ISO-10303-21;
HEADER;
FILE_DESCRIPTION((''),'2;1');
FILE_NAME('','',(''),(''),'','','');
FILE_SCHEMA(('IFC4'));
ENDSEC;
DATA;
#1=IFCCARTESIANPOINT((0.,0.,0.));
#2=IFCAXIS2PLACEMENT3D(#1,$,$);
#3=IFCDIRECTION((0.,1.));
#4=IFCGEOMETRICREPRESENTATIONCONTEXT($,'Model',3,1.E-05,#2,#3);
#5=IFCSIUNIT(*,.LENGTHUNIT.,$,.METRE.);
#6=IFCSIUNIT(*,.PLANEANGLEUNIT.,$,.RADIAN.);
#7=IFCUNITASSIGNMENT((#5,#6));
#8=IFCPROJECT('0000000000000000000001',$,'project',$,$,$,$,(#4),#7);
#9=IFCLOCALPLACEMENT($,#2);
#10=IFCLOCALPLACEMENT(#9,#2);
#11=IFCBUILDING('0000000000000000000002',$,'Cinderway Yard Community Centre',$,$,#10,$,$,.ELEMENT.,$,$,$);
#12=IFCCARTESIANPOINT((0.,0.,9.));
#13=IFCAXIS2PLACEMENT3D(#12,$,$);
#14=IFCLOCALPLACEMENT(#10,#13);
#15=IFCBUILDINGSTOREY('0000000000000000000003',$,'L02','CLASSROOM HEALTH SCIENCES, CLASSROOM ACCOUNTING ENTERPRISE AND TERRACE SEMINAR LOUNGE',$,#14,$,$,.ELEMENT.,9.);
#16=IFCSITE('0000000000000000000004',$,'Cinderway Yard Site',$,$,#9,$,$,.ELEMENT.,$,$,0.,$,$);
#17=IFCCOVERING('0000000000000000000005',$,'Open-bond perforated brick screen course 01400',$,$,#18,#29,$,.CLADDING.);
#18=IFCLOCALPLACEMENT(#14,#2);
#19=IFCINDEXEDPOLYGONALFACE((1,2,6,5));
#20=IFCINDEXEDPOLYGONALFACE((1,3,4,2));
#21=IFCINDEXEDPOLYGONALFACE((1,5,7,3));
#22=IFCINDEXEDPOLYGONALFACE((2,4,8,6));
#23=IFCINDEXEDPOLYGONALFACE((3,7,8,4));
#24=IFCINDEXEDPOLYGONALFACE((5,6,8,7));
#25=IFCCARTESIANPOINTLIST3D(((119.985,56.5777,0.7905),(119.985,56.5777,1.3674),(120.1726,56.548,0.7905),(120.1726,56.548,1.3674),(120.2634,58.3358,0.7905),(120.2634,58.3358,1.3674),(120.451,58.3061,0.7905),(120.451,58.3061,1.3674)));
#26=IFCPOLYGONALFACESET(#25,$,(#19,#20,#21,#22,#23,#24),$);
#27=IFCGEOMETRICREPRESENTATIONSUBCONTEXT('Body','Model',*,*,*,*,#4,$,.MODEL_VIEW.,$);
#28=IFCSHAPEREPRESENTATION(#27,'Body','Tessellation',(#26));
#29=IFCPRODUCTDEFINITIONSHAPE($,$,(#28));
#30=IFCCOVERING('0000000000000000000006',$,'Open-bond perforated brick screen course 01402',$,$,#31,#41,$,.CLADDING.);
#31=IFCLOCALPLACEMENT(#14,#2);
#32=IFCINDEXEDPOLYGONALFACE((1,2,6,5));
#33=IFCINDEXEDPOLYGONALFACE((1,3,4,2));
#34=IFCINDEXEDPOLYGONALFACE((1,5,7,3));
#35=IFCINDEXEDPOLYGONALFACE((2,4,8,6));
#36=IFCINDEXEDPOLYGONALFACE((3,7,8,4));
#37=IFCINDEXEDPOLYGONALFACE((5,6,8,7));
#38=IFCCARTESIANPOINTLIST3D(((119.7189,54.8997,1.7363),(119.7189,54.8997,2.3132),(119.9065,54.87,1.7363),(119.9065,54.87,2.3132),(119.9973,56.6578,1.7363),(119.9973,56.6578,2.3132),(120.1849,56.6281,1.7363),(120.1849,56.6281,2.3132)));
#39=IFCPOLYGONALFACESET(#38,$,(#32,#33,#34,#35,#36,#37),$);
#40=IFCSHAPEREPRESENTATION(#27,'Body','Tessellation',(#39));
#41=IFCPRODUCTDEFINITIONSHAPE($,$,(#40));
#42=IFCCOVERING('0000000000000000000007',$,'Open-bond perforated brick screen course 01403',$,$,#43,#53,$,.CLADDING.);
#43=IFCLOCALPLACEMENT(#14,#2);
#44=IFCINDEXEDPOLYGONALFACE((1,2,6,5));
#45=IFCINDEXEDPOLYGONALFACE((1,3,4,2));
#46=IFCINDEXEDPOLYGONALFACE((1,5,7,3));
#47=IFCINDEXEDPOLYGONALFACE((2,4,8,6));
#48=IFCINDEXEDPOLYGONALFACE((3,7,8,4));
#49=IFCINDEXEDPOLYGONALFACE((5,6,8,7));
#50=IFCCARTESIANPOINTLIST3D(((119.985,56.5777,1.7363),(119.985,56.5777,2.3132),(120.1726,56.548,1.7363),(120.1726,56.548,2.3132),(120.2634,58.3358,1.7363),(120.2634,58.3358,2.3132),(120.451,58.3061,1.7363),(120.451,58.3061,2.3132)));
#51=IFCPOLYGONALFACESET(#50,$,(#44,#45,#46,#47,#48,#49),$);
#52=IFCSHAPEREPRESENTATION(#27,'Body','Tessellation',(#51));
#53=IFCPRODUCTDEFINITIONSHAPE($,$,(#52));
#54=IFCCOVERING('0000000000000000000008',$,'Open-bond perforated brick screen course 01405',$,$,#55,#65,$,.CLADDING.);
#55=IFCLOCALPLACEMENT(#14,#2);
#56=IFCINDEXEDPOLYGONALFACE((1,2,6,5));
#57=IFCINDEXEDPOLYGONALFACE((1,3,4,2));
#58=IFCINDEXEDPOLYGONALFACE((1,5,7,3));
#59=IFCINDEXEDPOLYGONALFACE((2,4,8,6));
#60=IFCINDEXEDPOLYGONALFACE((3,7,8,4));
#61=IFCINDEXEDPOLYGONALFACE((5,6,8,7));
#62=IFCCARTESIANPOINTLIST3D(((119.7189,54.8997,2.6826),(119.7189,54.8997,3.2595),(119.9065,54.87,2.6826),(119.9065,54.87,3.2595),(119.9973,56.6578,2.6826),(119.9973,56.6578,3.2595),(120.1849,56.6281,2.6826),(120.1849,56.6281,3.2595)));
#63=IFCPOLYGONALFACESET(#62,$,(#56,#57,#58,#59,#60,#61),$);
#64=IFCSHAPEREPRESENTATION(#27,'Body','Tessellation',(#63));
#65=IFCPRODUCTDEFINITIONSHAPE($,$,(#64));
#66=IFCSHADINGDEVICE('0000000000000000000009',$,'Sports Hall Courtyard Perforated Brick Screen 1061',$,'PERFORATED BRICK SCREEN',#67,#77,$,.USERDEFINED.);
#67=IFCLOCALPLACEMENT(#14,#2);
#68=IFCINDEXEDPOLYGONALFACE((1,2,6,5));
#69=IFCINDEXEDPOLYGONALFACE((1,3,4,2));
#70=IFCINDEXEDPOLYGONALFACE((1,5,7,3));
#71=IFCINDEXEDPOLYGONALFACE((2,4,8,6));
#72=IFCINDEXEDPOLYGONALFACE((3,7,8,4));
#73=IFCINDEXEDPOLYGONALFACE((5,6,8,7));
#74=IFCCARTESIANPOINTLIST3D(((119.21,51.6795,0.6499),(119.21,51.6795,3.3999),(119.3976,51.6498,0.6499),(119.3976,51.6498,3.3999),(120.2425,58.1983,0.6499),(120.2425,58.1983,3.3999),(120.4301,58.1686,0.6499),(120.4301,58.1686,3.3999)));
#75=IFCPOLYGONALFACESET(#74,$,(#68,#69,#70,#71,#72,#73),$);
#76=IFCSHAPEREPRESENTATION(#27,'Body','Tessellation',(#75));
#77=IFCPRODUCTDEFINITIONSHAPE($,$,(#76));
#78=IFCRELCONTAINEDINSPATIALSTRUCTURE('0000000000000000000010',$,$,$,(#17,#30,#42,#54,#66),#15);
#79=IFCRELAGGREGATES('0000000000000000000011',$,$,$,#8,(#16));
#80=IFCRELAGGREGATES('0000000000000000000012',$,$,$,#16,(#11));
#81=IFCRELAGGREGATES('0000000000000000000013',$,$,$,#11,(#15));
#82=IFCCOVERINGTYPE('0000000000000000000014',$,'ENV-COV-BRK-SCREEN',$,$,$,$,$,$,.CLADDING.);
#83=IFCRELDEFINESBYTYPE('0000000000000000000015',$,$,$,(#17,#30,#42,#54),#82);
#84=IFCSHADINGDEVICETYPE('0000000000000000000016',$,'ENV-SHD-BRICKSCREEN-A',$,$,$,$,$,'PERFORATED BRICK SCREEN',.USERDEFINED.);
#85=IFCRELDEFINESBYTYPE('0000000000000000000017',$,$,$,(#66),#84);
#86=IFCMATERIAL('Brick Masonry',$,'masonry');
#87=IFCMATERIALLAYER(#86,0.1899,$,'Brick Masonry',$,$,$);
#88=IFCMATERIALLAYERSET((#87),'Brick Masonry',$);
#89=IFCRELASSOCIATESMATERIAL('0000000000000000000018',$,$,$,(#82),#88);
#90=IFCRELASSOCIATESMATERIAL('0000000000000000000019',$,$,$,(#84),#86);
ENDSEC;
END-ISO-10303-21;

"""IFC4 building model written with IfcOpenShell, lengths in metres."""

from ifc_helpers import new_model, si_unit, direction, frame, origin, origin_2d, place, context, subcontext, project, spatial, rectangle, extrude, material, layer, layer_set, type_object, element, save


model = new_model("IFC4")

# Units and contexts
model_context = context("Model", 3, precision=1e-05, world=origin(), true_north=direction((0.0, 1.0)))
body_context = subcontext(model_context, "Body", "Model", "MODEL_VIEW")
ifc_project = project(units=[si_unit("LENGTHUNIT", "METRE"), si_unit("PLANEANGLEUNIT", "RADIAN")], contexts=[model_context])

# Site, building, storey
site_placement = place(None, origin())
site = spatial("IfcSite", under=ifc_project, at=site_placement, Name="Cinderway Yard Site", CompositionType="ELEMENT", RefElevation=0.0)
building_placement = place(site_placement, origin())
building = spatial("IfcBuilding", under=site, at=building_placement, Name="Cinderway Yard Community Centre", CompositionType="ELEMENT")
storey_placement = place(building_placement, frame((0.0, 0.0, 9.0)))
storey = spatial("IfcBuildingStorey", under=building, at=storey_placement, Name="L02", Description="CLASSROOM HEALTH SCIENCES, CLASSROOM ACCOUNTING ENTERPRISE AND TERRACE SEMINAR LOUNGE", CompositionType="ELEMENT", Elevation=9.0)

# Coverings
ifc_material_1 = material(Name="Brick Masonry", Category="masonry")
ifc_layer_1 = layer(ifc_material_1, 0.1899, Name="Brick Masonry")
ifc_layer_set_1 = layer_set([ifc_layer_1], Name="Brick Masonry")
covering_type = type_object("IfcCoveringType", Name="ENV-COV-BRK-SCREEN", PredefinedType="CLADDING", material=ifc_layer_set_1)
for number, where, z_axis, x_axis, name in (
    (1, (120.218, 57.4419, 0.7905), (0.0, 0.0, 1.0), (0.156434, 0.987688, 0.0), "Open-bond perforated brick screen course 01400"),
    (2, (119.9519, 55.7639, 1.7363), (0.0, 0.0, 1.0), (0.156434, 0.987688, 0.0), "Open-bond perforated brick screen course 01402"),
    (3, (120.218, 57.4419, 1.7363), (0.0, 0.0, 1.0), (0.156434, 0.987688, 0.0), "Open-bond perforated brick screen course 01403"),
    (4, (119.9519, 55.7639, 2.6826), (0.0, 0.0, 1.0), (0.156434, 0.987688, 0.0), "Open-bond perforated brick screen course 01405"),
):
    element("IfcCovering", number, at=place(storey_placement, frame(where, z_axis=z_axis, x_axis=x_axis)), inside=storey, type_object=covering_type, Name=name, PredefinedType="CLADDING", context=body_context, shape_type="SweptSolid", body=[
        extrude(rectangle(XDim=1.78, YDim=0.1899, at=origin_2d()), origin(), (0.0, 0.0, 1.0), 0.5769),
    ])

# Shading device
shading_device_type = type_object("IfcShadingDeviceType", Name="ENV-SHD-BRICKSCREEN-A", ElementType="PERFORATED BRICK SCREEN", PredefinedType="USERDEFINED", material=ifc_material_1)
shading_device_placement = place(storey_placement, frame((119.8201, 54.9241, 0.6499), z_axis=(0.0, 0.0, 1.0), x_axis=(0.156434, 0.987688, 0.0)))
element("IfcShadingDevice", 5, at=shading_device_placement, inside=storey, type_object=shading_device_type, Name="Sports Hall Courtyard Perforated Brick Screen 1061", ObjectType="PERFORATED BRICK SCREEN", PredefinedType="USERDEFINED", context=body_context, shape_type="SweptSolid", body=[
    extrude(rectangle(XDim=6.6001, YDim=0.1899, at=origin_2d()), origin(), (0.0, 0.0, 1.0), 2.75),
])

save(model, "model.ifc")
